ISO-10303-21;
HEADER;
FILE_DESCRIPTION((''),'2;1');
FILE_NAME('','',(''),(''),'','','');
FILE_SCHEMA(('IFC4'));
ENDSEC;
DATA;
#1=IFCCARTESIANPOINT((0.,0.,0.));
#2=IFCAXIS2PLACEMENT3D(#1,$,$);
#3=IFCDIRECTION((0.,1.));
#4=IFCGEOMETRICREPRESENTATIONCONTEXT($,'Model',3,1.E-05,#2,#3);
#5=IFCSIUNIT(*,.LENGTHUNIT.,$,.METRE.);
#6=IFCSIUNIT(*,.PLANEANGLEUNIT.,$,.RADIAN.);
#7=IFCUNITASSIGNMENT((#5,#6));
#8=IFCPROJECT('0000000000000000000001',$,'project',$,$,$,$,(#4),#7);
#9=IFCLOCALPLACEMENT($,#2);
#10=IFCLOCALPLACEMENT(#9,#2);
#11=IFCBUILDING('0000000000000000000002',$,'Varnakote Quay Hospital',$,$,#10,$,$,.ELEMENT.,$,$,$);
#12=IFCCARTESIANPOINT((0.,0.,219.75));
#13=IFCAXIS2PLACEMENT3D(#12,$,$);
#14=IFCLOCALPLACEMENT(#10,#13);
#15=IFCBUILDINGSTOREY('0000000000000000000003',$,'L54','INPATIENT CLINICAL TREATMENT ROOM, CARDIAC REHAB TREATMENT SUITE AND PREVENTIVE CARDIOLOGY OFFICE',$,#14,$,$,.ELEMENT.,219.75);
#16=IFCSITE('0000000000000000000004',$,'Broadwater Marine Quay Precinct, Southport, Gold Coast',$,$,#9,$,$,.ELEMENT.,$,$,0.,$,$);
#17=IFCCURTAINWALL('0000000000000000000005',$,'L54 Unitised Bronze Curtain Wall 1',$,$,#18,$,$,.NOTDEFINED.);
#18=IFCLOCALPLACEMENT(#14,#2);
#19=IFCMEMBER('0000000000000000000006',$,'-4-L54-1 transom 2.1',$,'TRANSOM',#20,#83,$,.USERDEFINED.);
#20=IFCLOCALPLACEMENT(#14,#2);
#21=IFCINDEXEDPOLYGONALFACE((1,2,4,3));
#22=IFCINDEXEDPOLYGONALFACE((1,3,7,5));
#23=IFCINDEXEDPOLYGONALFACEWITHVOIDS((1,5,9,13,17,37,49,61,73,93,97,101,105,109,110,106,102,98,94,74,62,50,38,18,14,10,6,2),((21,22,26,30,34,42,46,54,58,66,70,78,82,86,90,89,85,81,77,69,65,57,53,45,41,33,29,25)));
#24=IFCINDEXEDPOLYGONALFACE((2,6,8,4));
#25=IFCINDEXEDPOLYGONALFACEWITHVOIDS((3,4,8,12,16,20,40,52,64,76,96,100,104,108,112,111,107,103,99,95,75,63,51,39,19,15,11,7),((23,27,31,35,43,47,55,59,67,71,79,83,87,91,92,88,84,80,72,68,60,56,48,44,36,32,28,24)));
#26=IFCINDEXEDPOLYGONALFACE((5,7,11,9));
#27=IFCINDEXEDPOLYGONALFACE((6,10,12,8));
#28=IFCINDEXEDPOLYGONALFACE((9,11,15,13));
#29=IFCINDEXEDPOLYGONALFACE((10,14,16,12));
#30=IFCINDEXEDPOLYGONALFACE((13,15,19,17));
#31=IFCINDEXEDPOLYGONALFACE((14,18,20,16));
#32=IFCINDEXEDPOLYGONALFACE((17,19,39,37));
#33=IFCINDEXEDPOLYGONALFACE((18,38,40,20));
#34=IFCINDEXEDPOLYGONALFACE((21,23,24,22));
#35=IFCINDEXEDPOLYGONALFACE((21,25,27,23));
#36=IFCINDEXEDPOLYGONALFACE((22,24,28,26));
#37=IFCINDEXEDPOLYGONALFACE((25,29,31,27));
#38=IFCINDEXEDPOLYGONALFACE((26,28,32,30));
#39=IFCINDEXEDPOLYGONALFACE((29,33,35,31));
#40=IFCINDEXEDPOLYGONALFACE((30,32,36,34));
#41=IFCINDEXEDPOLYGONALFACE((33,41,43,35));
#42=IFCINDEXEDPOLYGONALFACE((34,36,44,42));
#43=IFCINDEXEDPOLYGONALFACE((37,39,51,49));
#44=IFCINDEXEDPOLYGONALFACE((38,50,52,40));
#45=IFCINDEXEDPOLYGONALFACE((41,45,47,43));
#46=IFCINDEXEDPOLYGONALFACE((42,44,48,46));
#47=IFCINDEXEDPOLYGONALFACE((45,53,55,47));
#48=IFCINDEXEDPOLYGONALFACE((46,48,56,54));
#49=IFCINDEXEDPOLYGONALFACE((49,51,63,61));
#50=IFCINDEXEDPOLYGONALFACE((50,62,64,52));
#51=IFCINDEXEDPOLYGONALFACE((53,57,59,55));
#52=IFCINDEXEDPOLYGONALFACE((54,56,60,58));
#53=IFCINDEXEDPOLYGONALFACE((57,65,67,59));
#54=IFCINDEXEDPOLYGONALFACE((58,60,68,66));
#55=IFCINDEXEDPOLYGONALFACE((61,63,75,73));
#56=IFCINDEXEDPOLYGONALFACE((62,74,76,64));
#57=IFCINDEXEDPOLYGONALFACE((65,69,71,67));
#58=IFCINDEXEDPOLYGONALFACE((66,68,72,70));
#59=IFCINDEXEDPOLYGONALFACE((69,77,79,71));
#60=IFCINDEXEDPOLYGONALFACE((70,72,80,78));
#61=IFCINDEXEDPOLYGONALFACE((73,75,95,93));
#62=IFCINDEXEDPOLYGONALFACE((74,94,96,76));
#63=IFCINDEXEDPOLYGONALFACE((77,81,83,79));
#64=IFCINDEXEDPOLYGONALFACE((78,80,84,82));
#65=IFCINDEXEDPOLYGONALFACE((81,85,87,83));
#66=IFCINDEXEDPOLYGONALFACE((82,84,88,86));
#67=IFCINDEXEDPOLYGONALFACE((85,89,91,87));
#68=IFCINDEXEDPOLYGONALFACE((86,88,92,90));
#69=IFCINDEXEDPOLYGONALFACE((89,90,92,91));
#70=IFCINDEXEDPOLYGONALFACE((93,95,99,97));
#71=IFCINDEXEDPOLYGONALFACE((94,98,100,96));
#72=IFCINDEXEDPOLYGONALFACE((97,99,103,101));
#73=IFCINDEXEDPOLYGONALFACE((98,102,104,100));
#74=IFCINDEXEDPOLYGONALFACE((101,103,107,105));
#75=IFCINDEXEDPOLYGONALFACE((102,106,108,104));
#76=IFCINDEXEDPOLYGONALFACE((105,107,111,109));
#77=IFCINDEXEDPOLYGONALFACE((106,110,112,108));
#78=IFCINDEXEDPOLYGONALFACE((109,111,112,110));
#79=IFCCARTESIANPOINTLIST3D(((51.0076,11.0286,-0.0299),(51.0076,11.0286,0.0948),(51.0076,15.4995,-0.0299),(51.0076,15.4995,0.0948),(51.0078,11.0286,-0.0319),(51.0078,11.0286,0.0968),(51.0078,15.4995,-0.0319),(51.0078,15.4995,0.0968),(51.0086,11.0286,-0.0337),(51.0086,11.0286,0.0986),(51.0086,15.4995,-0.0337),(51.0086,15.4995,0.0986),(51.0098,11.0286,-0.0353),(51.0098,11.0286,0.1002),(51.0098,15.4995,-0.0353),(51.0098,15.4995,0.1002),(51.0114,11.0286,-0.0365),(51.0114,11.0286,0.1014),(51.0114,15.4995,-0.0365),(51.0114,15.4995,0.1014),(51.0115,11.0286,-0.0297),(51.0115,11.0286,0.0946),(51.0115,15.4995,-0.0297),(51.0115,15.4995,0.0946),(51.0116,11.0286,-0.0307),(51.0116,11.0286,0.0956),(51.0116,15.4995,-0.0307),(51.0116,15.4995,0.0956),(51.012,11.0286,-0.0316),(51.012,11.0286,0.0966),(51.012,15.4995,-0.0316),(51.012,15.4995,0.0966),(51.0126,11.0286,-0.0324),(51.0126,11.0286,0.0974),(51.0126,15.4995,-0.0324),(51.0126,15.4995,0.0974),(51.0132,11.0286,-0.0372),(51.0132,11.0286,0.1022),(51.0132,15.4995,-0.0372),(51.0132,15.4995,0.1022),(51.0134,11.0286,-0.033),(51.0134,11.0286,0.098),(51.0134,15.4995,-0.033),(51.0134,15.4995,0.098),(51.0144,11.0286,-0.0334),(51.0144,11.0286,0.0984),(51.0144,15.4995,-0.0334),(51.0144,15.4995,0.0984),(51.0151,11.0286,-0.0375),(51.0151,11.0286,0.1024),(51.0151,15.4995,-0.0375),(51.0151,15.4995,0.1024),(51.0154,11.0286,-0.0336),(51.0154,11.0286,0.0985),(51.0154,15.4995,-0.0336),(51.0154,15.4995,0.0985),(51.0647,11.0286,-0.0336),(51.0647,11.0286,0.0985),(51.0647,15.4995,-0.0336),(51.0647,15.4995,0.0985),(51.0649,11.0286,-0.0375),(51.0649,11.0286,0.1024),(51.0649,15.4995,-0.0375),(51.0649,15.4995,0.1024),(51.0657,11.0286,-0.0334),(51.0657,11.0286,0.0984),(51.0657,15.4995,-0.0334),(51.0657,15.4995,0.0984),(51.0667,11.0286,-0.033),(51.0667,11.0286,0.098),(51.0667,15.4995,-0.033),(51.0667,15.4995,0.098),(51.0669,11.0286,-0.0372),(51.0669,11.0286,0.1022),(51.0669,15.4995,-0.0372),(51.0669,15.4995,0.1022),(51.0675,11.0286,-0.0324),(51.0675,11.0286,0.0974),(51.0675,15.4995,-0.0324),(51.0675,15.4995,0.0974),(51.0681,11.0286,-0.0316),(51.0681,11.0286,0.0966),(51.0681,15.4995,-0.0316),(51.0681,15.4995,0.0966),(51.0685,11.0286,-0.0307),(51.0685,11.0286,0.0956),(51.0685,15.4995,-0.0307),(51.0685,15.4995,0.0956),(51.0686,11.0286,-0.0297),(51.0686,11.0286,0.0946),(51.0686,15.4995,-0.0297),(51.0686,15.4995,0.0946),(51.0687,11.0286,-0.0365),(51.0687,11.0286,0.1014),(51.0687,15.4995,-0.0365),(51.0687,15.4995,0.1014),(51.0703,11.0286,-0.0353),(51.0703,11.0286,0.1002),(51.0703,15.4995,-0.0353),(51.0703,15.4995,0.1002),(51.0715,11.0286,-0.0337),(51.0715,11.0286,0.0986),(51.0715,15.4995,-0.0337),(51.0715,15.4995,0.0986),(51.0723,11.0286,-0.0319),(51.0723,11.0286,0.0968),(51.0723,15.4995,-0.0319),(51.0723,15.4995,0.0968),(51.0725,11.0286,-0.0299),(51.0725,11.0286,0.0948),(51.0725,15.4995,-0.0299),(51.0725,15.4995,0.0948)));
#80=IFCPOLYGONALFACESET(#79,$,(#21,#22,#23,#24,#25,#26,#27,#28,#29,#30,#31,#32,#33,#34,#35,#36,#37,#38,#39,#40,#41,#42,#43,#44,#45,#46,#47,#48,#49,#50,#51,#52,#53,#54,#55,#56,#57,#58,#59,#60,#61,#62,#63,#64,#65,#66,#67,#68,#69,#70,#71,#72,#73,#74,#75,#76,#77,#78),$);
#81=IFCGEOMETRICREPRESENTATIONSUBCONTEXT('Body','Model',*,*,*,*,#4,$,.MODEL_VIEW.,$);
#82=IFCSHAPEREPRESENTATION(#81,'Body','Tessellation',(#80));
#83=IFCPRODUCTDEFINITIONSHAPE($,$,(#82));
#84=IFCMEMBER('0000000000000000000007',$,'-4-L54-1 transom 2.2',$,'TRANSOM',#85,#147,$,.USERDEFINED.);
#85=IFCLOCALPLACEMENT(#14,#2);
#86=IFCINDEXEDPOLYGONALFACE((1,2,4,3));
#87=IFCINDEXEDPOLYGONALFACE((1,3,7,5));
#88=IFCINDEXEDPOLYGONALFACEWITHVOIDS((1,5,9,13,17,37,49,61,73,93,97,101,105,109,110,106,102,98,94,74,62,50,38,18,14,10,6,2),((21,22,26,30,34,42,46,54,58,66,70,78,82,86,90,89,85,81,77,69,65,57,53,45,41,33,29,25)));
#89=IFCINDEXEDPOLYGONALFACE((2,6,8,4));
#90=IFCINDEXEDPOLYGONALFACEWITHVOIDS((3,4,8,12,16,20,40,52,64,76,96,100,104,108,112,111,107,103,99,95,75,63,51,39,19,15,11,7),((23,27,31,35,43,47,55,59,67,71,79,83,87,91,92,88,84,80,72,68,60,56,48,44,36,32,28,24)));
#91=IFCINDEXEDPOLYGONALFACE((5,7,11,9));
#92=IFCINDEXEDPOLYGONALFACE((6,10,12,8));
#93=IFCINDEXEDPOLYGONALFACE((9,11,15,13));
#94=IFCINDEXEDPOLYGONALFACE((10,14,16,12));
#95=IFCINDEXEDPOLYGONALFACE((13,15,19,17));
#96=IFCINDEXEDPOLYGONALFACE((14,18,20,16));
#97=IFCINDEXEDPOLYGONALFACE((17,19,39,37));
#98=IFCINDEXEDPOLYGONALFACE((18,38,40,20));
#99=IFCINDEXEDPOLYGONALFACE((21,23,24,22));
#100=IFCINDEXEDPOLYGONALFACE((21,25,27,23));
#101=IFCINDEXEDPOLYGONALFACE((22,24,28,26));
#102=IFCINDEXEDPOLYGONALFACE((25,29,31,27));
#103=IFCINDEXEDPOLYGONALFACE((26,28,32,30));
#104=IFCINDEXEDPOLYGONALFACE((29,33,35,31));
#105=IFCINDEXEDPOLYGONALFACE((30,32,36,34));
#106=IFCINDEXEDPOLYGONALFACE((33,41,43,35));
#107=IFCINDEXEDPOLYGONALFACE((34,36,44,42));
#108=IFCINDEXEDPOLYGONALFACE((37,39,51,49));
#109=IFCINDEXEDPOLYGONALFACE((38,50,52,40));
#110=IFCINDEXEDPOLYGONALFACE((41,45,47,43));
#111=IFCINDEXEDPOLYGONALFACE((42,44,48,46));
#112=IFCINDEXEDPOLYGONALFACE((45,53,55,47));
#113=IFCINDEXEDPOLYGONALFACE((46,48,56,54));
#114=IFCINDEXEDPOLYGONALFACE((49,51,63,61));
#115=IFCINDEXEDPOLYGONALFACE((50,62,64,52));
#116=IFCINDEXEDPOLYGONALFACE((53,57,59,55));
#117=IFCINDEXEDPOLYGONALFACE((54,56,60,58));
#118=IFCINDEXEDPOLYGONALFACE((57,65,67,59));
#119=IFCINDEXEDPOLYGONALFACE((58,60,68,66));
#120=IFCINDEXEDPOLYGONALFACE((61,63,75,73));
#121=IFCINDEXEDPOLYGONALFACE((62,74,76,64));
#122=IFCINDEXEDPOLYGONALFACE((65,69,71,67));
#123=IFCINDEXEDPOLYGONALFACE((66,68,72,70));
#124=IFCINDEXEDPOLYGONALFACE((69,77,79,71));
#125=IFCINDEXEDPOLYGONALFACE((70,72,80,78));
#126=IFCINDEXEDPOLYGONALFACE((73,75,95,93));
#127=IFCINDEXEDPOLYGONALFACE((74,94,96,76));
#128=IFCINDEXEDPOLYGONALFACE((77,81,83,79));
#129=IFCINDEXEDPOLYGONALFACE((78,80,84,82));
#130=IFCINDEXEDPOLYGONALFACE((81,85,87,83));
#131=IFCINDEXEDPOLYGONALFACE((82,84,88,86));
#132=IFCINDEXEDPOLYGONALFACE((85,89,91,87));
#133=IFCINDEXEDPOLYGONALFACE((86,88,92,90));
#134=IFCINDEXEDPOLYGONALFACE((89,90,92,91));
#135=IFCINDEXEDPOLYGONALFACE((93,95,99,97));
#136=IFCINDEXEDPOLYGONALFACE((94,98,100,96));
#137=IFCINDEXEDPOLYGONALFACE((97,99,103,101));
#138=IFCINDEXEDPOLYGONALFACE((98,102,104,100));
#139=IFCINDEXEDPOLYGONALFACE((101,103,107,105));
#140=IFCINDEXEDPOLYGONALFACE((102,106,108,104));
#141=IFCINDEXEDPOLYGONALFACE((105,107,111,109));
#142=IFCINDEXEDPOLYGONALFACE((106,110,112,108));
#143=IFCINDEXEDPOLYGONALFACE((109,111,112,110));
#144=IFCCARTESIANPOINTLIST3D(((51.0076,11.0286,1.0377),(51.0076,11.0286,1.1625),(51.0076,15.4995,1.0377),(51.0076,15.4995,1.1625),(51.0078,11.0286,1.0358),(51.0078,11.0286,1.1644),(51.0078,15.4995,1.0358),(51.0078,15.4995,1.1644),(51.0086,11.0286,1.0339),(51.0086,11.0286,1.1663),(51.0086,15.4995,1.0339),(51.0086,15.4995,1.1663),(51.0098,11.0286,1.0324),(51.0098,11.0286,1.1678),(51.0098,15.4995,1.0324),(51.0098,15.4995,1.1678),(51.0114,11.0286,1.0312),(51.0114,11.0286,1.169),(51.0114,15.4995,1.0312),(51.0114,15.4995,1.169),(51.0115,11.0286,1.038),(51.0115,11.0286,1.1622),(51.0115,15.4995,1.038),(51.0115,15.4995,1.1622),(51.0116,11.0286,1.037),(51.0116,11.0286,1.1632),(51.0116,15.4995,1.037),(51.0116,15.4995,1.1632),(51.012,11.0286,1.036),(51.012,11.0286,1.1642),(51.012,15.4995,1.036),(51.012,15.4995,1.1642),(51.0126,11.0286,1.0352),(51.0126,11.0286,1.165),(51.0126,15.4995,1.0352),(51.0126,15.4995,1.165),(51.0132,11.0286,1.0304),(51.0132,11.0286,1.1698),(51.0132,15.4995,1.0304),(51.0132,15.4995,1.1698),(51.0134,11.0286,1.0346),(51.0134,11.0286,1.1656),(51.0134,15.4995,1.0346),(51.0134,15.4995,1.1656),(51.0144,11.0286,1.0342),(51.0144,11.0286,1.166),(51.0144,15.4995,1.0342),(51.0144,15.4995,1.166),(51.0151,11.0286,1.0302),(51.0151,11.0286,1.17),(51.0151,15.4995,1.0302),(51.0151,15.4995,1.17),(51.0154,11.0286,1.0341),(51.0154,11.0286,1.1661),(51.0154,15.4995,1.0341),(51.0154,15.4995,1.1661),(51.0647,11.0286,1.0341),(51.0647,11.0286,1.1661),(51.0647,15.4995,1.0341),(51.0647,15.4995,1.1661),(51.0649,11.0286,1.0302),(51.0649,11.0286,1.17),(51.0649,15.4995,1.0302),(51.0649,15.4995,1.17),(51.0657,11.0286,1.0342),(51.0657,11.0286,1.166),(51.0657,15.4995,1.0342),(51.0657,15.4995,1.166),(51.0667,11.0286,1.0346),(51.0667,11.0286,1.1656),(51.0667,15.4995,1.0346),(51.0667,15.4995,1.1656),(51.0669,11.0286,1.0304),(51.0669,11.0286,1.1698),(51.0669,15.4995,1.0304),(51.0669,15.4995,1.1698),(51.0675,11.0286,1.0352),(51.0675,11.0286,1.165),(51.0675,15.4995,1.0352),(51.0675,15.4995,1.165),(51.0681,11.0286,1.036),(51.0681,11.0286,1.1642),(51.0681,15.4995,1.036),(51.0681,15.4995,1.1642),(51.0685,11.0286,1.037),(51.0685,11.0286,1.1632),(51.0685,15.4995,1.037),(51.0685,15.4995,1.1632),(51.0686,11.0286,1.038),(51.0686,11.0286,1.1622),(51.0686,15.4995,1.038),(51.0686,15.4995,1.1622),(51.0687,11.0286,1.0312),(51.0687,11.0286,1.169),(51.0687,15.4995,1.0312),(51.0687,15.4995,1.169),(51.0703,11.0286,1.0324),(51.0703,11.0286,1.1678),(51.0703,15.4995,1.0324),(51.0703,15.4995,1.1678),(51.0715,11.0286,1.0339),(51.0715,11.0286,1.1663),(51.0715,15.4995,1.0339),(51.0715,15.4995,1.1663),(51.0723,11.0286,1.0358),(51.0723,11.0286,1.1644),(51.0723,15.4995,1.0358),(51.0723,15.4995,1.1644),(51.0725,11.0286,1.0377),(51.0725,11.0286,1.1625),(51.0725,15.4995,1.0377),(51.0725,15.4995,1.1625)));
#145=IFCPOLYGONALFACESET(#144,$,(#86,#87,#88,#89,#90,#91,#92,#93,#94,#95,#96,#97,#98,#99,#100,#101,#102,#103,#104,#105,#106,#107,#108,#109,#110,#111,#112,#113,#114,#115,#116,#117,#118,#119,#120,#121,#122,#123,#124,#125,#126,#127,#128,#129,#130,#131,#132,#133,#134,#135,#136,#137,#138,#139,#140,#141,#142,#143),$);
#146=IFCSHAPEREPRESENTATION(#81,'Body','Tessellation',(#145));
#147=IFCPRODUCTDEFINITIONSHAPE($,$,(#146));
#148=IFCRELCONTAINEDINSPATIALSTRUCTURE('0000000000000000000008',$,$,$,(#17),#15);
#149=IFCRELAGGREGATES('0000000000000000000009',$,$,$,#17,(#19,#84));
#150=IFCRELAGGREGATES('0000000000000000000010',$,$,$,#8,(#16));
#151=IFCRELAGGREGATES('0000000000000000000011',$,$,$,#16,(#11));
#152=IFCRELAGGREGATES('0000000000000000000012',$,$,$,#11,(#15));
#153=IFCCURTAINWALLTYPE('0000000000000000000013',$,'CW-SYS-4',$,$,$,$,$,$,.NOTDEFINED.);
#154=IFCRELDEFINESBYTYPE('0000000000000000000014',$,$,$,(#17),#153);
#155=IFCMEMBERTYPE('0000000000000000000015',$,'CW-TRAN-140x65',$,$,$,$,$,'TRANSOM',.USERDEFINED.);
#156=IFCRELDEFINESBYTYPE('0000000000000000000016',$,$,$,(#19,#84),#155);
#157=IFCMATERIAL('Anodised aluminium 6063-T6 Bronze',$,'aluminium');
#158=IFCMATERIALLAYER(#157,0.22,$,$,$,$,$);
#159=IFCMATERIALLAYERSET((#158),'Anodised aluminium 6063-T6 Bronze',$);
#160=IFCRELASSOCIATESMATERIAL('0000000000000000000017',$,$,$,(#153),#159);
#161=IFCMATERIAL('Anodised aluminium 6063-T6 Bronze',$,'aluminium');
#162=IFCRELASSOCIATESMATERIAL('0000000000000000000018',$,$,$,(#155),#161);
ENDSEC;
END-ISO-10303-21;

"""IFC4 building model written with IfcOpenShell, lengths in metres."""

from ifc_helpers import new_model, si_unit, direction, frame, origin, origin_2d, place, context, subcontext, project, spatial, hollow_rectangle, extrude, material, layer, layer_set, material_profile, profile_set, type_object, element, aggregate, save


model = new_model("IFC4")

# Units and contexts
model_context = context("Model", 3, precision=1e-05, world=origin(), true_north=direction((0.0, 1.0)))
body_context = subcontext(model_context, "Body", "Model", "MODEL_VIEW")
ifc_project = project(units=[si_unit("LENGTHUNIT", "METRE"), si_unit("PLANEANGLEUNIT", "RADIAN")], contexts=[model_context])

# Site, building, storey
site_placement = place(None, origin())
site = spatial("IfcSite", under=ifc_project, at=site_placement, Name="Broadwater Marine Quay Precinct, Southport, Gold Coast", CompositionType="ELEMENT", RefElevation=0.0)
building_placement = place(site_placement, origin())
building = spatial("IfcBuilding", under=site, at=building_placement, Name="Varnakote Quay Hospital", CompositionType="ELEMENT")
storey_placement = place(building_placement, frame((0.0, 0.0, 219.75)))
storey = spatial("IfcBuildingStorey", under=building, at=storey_placement, Name="L54", Description="INPATIENT CLINICAL TREATMENT ROOM, CARDIAC REHAB TREATMENT SUITE AND PREVENTIVE CARDIOLOGY OFFICE", CompositionType="ELEMENT", Elevation=219.75)

# Curtain wall, members
ifc_material_1 = material(Name="Anodised aluminium 6063-T6 Bronze", Category="aluminium")
ifc_layer_1 = layer(ifc_material_1, 0.22)
ifc_layer_set_1 = layer_set([ifc_layer_1], Name="Anodised aluminium 6063-T6 Bronze")
curtain_wall_type = type_object("IfcCurtainWallType", Name="CW-SYS-4", PredefinedType="NOTDEFINED", material=ifc_layer_set_1)
curtain_wall_placement = place(storey_placement, origin())
curtain_wall = element("IfcCurtainWall", 1, at=curtain_wall_placement, inside=storey, type_object=curtain_wall_type, Name="L54 Unitised Bronze Curtain Wall 1", PredefinedType="NOTDEFINED")
ifc_material_2 = material(Name="Anodised aluminium 6063-T6 Bronze", Category="aluminium")
ifc_material_profile_1 = material_profile(ifc_material_2, hollow_rectangle(XDim=0.0649, YDim=0.1399, WallThickness=0.0039, InnerFilletRadius=0.0039, OuterFilletRadius=0.0076, at=origin_2d()), Name="CW-TRAN-140x65")
ifc_profile_set_1 = profile_set([ifc_material_profile_1], Name="Anodised aluminium 6063-T6 Bronze")
member_type_1 = type_object("IfcMemberType", Name="CW-TRAN-140x65", ElementType="TRANSOM", PredefinedType="USERDEFINED", material=ifc_profile_set_1)
member_1_placement = place(storey_placement, frame((51.04, 11.0286, 0.0325), z_axis=(0.0, 1.0, 0.0), x_axis=(-1.0, 0.0, 0.0)))
member_1 = element("IfcMember", 2, at=member_1_placement, type_object=member_type_1, Name="-4-L54-1 transom 2.1", ObjectType="TRANSOM", PredefinedType="USERDEFINED", context=body_context, shape_type="SweptSolid", body=[
    extrude(hollow_rectangle(XDim=0.0649, YDim=0.1399, WallThickness=0.0039, InnerFilletRadius=0.0039, OuterFilletRadius=0.0076, at=origin_2d()), origin(), (0.0, 0.0, 1.0), 4.4709),
])
member_2_placement = place(storey_placement, frame((51.04, 11.0286, 1.1001), z_axis=(0.0, 1.0, 0.0), x_axis=(-1.0, 0.0, 0.0)))
member_2 = element("IfcMember", 3, at=member_2_placement, type_object=member_type_1, Name="-4-L54-1 transom 2.2", ObjectType="TRANSOM", PredefinedType="USERDEFINED", context=body_context, shape_type="SweptSolid", body=[
    extrude(hollow_rectangle(XDim=0.0649, YDim=0.1399, WallThickness=0.0039, InnerFilletRadius=0.0039, OuterFilletRadius=0.0076, at=origin_2d()), origin(), (0.0, 0.0, 1.0), 4.4709),
])
aggregate(curtain_wall, [member_1, member_2])

save(model, "model.ifc")
